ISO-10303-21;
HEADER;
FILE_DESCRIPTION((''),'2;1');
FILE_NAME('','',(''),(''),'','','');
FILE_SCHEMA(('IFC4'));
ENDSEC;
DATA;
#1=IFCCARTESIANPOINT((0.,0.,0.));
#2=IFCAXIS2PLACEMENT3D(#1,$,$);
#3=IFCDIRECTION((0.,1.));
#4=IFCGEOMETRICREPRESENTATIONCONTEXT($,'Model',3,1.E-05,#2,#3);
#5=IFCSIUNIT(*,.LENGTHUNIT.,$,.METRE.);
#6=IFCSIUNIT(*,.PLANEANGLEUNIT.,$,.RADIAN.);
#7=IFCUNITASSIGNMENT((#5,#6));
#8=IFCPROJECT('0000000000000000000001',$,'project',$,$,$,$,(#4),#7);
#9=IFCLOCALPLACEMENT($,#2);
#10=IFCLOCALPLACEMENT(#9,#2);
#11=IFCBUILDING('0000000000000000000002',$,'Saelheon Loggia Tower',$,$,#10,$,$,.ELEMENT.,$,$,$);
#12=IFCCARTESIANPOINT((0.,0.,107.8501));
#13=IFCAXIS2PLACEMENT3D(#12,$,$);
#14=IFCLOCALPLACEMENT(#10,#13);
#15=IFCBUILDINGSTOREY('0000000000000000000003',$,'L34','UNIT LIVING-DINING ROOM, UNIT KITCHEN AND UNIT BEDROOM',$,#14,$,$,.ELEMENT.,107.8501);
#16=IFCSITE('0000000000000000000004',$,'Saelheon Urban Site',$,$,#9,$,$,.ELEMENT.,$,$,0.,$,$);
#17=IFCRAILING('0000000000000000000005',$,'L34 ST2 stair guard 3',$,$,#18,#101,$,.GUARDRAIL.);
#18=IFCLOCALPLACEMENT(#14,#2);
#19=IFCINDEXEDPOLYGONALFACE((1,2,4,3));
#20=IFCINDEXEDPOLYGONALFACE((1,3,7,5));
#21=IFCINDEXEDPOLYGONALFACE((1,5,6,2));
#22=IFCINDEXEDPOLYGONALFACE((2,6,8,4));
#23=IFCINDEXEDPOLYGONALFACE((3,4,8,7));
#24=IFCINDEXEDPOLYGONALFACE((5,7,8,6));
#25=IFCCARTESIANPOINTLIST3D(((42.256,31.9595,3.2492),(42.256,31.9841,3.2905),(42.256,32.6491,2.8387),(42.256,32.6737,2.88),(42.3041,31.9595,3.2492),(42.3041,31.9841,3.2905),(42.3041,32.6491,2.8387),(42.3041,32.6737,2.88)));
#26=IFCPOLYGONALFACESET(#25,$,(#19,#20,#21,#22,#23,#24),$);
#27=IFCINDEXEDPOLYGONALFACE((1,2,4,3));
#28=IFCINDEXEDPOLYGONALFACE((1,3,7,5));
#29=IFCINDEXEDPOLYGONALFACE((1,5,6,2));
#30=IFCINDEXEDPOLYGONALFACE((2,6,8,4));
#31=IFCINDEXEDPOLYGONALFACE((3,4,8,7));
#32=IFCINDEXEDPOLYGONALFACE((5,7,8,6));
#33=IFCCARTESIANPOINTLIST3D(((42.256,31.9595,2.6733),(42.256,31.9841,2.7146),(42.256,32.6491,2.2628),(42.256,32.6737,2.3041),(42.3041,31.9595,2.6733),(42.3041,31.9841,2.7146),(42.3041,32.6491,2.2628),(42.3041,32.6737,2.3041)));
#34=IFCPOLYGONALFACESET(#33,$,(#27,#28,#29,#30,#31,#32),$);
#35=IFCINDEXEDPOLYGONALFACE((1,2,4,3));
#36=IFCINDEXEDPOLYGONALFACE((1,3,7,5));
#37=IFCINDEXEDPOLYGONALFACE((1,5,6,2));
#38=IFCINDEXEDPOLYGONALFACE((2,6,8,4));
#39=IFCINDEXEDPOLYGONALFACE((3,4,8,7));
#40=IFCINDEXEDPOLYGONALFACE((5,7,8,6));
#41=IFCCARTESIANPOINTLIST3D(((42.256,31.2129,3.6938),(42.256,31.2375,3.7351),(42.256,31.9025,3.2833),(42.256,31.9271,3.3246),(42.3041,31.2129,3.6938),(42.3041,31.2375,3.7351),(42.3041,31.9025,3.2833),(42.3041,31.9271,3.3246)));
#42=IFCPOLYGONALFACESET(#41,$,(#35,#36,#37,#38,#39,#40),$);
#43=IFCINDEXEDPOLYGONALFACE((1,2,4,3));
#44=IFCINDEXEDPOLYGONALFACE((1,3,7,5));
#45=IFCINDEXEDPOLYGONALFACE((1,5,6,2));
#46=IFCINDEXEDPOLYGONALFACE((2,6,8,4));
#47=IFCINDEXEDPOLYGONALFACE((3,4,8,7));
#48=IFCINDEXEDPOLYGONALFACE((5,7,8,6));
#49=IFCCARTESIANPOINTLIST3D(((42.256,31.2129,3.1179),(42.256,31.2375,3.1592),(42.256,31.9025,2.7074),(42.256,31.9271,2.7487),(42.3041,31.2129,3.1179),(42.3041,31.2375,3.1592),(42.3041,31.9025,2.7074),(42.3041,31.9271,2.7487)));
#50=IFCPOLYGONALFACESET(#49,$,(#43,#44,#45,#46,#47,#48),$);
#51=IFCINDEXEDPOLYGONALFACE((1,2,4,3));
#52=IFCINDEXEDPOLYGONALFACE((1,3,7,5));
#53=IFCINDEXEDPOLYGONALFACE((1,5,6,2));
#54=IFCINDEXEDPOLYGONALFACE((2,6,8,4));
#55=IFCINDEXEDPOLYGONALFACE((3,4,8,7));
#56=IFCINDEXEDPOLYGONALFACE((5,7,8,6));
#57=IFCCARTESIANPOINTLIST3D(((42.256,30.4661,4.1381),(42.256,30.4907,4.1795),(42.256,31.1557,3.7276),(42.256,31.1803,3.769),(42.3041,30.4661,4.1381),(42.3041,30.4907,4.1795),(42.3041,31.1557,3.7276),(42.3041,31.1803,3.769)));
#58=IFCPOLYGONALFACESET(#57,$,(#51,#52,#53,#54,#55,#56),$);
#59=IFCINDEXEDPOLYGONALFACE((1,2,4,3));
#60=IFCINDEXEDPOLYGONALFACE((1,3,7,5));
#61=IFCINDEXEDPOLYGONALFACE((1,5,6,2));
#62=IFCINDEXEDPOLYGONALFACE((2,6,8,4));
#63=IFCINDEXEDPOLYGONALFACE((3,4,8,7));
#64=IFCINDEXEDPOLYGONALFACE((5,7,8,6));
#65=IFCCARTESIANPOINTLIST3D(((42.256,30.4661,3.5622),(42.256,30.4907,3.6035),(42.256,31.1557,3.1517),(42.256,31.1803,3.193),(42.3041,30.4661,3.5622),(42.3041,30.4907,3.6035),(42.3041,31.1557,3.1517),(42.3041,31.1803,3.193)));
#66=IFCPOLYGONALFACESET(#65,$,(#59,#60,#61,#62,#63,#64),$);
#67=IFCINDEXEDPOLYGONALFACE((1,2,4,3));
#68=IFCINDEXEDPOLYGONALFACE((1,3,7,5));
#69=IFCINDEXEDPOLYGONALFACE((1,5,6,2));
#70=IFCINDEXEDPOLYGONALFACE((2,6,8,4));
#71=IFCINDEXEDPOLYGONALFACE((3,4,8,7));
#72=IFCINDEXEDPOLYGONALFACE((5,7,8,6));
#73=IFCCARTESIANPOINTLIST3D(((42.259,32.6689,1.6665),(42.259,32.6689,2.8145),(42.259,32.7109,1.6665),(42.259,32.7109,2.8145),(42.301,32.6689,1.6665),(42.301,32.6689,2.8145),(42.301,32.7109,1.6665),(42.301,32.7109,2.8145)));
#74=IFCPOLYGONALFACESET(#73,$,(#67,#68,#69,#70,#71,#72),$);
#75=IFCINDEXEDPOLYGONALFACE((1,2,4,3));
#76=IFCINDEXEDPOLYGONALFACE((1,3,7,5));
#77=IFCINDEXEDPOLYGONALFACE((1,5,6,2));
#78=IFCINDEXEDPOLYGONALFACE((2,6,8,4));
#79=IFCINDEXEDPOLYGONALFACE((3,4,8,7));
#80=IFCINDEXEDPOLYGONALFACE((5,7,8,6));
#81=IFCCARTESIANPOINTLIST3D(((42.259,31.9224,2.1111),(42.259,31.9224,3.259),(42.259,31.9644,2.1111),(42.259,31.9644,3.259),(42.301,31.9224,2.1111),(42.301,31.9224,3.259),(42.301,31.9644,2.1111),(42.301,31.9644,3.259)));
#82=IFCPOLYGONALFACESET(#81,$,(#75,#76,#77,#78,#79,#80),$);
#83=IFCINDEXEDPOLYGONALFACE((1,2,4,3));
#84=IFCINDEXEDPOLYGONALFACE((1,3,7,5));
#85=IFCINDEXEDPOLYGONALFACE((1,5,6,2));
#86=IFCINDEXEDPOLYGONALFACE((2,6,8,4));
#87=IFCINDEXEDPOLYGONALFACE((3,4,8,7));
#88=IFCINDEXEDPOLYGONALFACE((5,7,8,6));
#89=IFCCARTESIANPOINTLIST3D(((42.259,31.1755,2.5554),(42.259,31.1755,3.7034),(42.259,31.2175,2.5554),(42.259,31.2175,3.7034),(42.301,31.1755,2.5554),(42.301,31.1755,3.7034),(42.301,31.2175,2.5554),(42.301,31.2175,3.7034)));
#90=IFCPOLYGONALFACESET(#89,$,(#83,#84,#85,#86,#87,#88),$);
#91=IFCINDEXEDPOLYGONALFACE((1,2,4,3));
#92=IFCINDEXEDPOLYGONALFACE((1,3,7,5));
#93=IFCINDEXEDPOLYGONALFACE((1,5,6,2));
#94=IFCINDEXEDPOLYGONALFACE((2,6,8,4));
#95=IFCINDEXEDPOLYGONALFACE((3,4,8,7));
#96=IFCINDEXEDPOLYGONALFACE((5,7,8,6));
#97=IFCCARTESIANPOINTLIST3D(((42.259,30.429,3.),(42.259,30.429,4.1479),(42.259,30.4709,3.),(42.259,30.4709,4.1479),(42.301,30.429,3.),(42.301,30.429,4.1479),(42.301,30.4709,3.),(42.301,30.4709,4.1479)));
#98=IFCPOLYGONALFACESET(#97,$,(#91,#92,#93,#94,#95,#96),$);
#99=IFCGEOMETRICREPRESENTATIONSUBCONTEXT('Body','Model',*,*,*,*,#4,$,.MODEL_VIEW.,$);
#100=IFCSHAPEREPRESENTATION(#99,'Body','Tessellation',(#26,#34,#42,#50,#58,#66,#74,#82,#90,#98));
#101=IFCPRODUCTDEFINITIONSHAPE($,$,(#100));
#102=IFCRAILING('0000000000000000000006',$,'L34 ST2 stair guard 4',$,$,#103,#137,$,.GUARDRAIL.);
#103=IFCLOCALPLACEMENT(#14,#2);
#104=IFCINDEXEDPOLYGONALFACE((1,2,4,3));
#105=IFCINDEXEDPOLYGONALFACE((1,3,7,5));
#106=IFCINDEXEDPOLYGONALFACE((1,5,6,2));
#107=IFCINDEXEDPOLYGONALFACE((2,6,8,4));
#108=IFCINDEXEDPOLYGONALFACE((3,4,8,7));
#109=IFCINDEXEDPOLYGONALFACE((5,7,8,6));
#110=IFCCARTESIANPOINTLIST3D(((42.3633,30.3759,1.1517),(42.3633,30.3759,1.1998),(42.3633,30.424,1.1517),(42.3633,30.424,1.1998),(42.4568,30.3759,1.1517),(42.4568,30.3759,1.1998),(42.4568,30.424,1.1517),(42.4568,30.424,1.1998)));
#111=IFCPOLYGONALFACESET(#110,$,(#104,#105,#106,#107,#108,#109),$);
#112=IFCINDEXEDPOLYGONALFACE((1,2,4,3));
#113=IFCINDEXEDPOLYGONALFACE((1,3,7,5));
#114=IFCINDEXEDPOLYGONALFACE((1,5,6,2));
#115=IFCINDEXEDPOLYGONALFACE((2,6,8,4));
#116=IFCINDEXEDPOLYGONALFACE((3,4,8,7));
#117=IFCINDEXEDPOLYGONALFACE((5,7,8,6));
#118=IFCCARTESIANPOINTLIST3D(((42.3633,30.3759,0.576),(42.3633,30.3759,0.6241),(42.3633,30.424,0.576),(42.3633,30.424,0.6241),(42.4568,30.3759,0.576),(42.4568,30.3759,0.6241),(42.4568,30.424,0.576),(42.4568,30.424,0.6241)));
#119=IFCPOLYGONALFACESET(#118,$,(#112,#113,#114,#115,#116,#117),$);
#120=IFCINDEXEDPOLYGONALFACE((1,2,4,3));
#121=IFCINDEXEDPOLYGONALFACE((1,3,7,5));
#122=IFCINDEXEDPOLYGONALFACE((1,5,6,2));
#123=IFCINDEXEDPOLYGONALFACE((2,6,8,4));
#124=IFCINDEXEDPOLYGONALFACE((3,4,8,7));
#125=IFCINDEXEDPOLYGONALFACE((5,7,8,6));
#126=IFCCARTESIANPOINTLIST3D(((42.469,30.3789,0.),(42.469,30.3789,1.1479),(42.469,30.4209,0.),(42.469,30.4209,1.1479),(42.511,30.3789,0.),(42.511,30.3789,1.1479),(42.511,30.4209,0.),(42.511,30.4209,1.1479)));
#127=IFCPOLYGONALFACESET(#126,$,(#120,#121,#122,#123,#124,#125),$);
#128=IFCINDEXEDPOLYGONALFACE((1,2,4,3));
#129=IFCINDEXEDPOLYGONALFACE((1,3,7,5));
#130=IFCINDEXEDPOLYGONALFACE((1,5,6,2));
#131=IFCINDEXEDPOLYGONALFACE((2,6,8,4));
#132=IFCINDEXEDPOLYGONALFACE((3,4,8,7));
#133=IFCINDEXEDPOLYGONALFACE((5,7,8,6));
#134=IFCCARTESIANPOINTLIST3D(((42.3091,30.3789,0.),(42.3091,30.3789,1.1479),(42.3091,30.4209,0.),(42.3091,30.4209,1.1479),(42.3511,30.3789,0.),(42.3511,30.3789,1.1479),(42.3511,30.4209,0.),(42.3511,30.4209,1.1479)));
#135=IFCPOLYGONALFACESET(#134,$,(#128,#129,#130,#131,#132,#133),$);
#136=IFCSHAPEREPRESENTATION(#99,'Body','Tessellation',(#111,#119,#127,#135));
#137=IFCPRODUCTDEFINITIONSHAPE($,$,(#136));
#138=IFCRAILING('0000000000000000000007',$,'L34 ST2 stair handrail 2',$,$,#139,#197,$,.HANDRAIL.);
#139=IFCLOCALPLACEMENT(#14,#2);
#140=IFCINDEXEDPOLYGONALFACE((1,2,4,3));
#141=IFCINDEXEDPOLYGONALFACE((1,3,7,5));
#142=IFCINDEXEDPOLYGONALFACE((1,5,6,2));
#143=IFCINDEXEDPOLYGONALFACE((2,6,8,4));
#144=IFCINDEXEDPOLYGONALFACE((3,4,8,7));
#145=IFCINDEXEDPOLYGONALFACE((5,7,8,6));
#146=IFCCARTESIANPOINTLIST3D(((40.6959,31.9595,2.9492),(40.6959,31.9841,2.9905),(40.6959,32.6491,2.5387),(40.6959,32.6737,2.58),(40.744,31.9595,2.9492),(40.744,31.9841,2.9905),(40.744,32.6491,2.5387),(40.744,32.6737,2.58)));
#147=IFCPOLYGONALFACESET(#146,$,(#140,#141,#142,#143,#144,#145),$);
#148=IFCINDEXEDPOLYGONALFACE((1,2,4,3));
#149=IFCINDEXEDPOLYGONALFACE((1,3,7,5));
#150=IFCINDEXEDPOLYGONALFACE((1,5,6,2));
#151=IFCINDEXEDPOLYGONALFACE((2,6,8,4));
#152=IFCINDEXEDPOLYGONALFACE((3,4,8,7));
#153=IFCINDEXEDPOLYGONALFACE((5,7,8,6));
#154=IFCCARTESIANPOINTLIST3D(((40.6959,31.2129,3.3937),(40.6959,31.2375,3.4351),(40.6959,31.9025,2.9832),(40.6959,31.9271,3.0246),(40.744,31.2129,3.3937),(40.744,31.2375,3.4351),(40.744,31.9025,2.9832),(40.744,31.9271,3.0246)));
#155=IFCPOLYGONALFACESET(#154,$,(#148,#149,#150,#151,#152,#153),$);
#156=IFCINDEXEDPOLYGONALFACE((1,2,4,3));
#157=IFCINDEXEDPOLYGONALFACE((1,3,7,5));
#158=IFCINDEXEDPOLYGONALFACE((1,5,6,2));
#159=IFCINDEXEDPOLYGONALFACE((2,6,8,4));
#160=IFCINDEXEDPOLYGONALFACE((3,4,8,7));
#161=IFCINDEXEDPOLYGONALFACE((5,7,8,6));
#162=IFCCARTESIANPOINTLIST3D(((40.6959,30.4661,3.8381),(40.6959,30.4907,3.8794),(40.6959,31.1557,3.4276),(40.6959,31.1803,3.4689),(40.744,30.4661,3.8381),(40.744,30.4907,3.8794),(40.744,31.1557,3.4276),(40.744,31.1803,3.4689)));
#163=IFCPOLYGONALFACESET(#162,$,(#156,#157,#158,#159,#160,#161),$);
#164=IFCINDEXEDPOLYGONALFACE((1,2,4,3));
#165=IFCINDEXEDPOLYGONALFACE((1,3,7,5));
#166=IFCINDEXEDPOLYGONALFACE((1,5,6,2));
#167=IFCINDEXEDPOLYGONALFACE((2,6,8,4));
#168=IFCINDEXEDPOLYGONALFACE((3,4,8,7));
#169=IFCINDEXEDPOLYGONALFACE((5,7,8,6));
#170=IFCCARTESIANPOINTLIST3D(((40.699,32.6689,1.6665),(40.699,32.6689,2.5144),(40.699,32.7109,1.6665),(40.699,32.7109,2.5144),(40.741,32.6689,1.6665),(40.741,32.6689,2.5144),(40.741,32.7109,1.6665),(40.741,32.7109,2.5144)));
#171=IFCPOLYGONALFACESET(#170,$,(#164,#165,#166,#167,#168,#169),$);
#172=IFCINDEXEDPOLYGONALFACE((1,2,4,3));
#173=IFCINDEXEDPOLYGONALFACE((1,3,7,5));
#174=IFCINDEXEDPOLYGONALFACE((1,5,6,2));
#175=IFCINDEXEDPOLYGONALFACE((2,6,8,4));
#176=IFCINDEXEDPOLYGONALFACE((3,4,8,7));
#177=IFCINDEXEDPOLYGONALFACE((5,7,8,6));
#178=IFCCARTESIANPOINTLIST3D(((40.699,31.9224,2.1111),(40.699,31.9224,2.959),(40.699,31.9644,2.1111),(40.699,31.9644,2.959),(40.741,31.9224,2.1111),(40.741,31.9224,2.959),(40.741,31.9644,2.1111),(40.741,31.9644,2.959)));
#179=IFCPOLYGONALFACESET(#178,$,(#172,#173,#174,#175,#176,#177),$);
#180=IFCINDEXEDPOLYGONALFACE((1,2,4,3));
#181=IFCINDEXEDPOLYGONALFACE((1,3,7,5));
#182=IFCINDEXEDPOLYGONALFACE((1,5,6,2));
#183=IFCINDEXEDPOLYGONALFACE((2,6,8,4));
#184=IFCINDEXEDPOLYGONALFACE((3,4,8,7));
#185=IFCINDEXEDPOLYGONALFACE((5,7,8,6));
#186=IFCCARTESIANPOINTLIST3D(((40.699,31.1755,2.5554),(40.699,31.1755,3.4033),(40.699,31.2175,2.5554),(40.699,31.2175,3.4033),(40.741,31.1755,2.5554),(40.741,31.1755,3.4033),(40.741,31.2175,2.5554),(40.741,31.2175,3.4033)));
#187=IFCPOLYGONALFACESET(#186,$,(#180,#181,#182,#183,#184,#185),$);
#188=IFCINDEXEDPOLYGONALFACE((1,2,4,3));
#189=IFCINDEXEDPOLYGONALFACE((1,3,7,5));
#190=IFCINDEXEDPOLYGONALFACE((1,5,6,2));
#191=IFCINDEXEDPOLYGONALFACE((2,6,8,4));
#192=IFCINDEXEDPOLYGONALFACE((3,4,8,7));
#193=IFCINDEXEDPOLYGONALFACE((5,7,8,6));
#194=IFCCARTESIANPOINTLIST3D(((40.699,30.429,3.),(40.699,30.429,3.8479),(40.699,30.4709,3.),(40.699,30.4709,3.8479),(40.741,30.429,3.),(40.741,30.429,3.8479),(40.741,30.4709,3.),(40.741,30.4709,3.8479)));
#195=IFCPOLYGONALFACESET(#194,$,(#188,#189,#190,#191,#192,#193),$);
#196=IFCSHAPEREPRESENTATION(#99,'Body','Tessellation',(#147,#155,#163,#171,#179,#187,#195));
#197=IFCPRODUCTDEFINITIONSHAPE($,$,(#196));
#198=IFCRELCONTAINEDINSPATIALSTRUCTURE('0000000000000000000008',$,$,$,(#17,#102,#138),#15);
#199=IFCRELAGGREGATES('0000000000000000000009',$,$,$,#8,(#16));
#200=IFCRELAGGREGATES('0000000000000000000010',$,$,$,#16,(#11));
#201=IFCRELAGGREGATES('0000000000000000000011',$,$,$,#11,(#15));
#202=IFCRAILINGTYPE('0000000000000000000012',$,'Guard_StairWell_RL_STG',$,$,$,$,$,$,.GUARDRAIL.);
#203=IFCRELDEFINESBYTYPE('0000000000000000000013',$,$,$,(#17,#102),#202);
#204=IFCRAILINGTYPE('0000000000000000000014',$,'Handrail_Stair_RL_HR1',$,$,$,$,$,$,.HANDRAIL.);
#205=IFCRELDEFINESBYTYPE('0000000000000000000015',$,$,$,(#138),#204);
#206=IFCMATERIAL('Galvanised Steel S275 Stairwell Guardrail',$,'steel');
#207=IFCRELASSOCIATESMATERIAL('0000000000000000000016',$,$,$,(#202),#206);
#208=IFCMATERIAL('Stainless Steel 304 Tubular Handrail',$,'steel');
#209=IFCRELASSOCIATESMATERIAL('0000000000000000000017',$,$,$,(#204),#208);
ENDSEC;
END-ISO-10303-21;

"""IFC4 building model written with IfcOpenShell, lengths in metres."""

from ifc_helpers import new_model, si_unit, direction, frame, origin, origin_2d, place, context, subcontext, project, spatial, rectangle, extrude, material, type_object, element, save


model = new_model("IFC4")

# Units and contexts
model_context = context("Model", 3, precision=1e-05, world=origin(), true_north=direction((0.0, 1.0)))
body_context = subcontext(model_context, "Body", "Model", "MODEL_VIEW")
ifc_project = project(units=[si_unit("LENGTHUNIT", "METRE"), si_unit("PLANEANGLEUNIT", "RADIAN")], contexts=[model_context])

# Site, building, storey
site_placement = place(None, origin())
site = spatial("IfcSite", under=ifc_project, at=site_placement, Name="Saelheon Urban Site", CompositionType="ELEMENT", RefElevation=0.0)
building_placement = place(site_placement, origin())
building = spatial("IfcBuilding", under=site, at=building_placement, Name="Saelheon Loggia Tower", CompositionType="ELEMENT")
storey_placement = place(building_placement, frame((0.0, 0.0, 107.8501)))
storey = spatial("IfcBuildingStorey", under=building, at=storey_placement, Name="L34", Description="UNIT LIVING-DINING ROOM, UNIT KITCHEN AND UNIT BEDROOM", CompositionType="ELEMENT", Elevation=107.8501)

# Railings
ifc_material_1 = material(Name="Galvanised Steel S275 Stairwell Guardrail", Category="steel")
railing_type_1 = type_object("IfcRailingType", Name="Guard_StairWell_RL_STG", PredefinedType="GUARDRAIL", material=ifc_material_1)
railing_1_placement = place(storey_placement, frame((42.28, 32.6899, 1.6665)))
element("IfcRailing", 1, at=railing_1_placement, inside=storey, type_object=railing_type_1, Name="L34 ST2 stair guard 3", PredefinedType="GUARDRAIL", context=body_context, shape_type="SweptSolid", body=[
    extrude(rectangle(XDim=0.0481, YDim=0.0481, at=origin_2d()), frame((0.0, -0.0286, 1.1929), z_axis=(0.0, -0.859264, 0.511532), x_axis=(1.0, 0.0, 0.0)), (0.0, 0.0, 1.0), 0.8025),
    extrude(rectangle(XDim=0.0481, YDim=0.0481, at=origin_2d()), frame((0.0, -0.0286, 0.6169), z_axis=(0.0, -0.859264, 0.511532), x_axis=(1.0, 0.0, 0.0)), (0.0, 0.0, 1.0), 0.8025),
    extrude(rectangle(XDim=0.0481, YDim=0.0481, at=origin_2d()), frame((0.0, -0.7751, 1.6375), z_axis=(0.0, -0.859264, 0.511532), x_axis=(1.0, 0.0, 0.0)), (0.0, 0.0, 1.0), 0.8025),
    extrude(rectangle(XDim=0.0481, YDim=0.0481, at=origin_2d()), frame((0.0, -0.7751, 1.0615), z_axis=(0.0, -0.859264, 0.511532), x_axis=(1.0, 0.0, 0.0)), (0.0, 0.0, 1.0), 0.8025),
    extrude(rectangle(XDim=0.0481, YDim=0.0481, at=origin_2d()), frame((0.0, -1.522, 2.0818), z_axis=(0.0, -0.859264, 0.511532), x_axis=(1.0, 0.0, 0.0)), (0.0, 0.0, 1.0), 0.8025),
    extrude(rectangle(XDim=0.0481, YDim=0.0481, at=origin_2d()), frame((0.0, -1.522, 1.5059), z_axis=(0.0, -0.859264, 0.511532), x_axis=(1.0, 0.0, 0.0)), (0.0, 0.0, 1.0), 0.8025),
    extrude(rectangle(XDim=0.042, YDim=0.042, at=origin_2d()), origin(), (0.0, 0.0, 1.0), 1.1479),
    extrude(rectangle(XDim=0.042, YDim=0.042, at=origin_2d()), frame((0.0, -0.7466, 0.4446)), (0.0, 0.0, 1.0), 1.1479),
    extrude(rectangle(XDim=0.042, YDim=0.042, at=origin_2d()), frame((0.0, -1.4934, 0.8889)), (0.0, 0.0, 1.0), 1.1479),
    extrude(rectangle(XDim=0.042, YDim=0.042, at=origin_2d()), frame((0.0, -2.24, 1.3335)), (0.0, 0.0, 1.0), 1.1479),
])
railing_2_placement = place(storey_placement, frame((42.49, 30.3999, 0.0)))
element("IfcRailing", 2, at=railing_2_placement, inside=storey, type_object=railing_type_1, Name="L34 ST2 stair guard 4", PredefinedType="GUARDRAIL", context=body_context, shape_type="SweptSolid", body=[
    extrude(rectangle(XDim=0.0481, YDim=0.0481, at=origin_2d()), frame((-0.0332, 0.0, 1.1758), z_axis=(-1.0, 0.0, 0.0), x_axis=(0.0, -1.0, 0.0)), (0.0, 0.0, 1.0), 0.0935),
    extrude(rectangle(XDim=0.0481, YDim=0.0481, at=origin_2d()), frame((-0.0332, 0.0, 0.6001), z_axis=(-1.0, 0.0, 0.0), x_axis=(0.0, -1.0, 0.0)), (0.0, 0.0, 1.0), 0.0935),
    extrude(rectangle(XDim=0.042, YDim=0.042, at=origin_2d()), origin(), (0.0, 0.0, 1.0), 1.1479),
    extrude(rectangle(XDim=0.042, YDim=0.042, at=origin_2d()), frame((-0.1599, 0.0, 0.0)), (0.0, 0.0, 1.0), 1.1479),
])
ifc_material_2 = material(Name="Stainless Steel 304 Tubular Handrail", Category="steel")
railing_type_2 = type_object("IfcRailingType", Name="Handrail_Stair_RL_HR1", PredefinedType="HANDRAIL", material=ifc_material_2)
railing_3_placement = place(storey_placement, frame((40.72, 32.6899, 1.6665)))
element("IfcRailing", 3, at=railing_3_placement, inside=storey, type_object=railing_type_2, Name="L34 ST2 stair handrail 2", PredefinedType="HANDRAIL", context=body_context, shape_type="SweptSolid", body=[
    extrude(rectangle(XDim=0.0481, YDim=0.0481, at=origin_2d()), frame((0.0, -0.0286, 0.8928), z_axis=(0.0, -0.859264, 0.511532), x_axis=(1.0, 0.0, 0.0)), (0.0, 0.0, 1.0), 0.8025),
    extrude(rectangle(XDim=0.0481, YDim=0.0481, at=origin_2d()), frame((0.0, -0.7751, 1.3374), z_axis=(0.0, -0.859264, 0.511532), x_axis=(1.0, 0.0, 0.0)), (0.0, 0.0, 1.0), 0.8025),
    extrude(rectangle(XDim=0.0481, YDim=0.0481, at=origin_2d()), frame((0.0, -1.522, 1.7817), z_axis=(0.0, -0.859264, 0.511532), x_axis=(1.0, 0.0, 0.0)), (0.0, 0.0, 1.0), 0.8025),
    extrude(rectangle(XDim=0.042, YDim=0.042, at=origin_2d()), origin(), (0.0, 0.0, 1.0), 0.8479),
    extrude(rectangle(XDim=0.042, YDim=0.042, at=origin_2d()), frame((0.0, -0.7466, 0.4446)), (0.0, 0.0, 1.0), 0.8479),
    extrude(rectangle(XDim=0.042, YDim=0.042, at=origin_2d()), frame((0.0, -1.4934, 0.8889)), (0.0, 0.0, 1.0), 0.8479),
    extrude(rectangle(XDim=0.042, YDim=0.042, at=origin_2d()), frame((0.0, -2.24, 1.3335)), (0.0, 0.0, 1.0), 0.8479),
])

save(model, "model.ifc")
